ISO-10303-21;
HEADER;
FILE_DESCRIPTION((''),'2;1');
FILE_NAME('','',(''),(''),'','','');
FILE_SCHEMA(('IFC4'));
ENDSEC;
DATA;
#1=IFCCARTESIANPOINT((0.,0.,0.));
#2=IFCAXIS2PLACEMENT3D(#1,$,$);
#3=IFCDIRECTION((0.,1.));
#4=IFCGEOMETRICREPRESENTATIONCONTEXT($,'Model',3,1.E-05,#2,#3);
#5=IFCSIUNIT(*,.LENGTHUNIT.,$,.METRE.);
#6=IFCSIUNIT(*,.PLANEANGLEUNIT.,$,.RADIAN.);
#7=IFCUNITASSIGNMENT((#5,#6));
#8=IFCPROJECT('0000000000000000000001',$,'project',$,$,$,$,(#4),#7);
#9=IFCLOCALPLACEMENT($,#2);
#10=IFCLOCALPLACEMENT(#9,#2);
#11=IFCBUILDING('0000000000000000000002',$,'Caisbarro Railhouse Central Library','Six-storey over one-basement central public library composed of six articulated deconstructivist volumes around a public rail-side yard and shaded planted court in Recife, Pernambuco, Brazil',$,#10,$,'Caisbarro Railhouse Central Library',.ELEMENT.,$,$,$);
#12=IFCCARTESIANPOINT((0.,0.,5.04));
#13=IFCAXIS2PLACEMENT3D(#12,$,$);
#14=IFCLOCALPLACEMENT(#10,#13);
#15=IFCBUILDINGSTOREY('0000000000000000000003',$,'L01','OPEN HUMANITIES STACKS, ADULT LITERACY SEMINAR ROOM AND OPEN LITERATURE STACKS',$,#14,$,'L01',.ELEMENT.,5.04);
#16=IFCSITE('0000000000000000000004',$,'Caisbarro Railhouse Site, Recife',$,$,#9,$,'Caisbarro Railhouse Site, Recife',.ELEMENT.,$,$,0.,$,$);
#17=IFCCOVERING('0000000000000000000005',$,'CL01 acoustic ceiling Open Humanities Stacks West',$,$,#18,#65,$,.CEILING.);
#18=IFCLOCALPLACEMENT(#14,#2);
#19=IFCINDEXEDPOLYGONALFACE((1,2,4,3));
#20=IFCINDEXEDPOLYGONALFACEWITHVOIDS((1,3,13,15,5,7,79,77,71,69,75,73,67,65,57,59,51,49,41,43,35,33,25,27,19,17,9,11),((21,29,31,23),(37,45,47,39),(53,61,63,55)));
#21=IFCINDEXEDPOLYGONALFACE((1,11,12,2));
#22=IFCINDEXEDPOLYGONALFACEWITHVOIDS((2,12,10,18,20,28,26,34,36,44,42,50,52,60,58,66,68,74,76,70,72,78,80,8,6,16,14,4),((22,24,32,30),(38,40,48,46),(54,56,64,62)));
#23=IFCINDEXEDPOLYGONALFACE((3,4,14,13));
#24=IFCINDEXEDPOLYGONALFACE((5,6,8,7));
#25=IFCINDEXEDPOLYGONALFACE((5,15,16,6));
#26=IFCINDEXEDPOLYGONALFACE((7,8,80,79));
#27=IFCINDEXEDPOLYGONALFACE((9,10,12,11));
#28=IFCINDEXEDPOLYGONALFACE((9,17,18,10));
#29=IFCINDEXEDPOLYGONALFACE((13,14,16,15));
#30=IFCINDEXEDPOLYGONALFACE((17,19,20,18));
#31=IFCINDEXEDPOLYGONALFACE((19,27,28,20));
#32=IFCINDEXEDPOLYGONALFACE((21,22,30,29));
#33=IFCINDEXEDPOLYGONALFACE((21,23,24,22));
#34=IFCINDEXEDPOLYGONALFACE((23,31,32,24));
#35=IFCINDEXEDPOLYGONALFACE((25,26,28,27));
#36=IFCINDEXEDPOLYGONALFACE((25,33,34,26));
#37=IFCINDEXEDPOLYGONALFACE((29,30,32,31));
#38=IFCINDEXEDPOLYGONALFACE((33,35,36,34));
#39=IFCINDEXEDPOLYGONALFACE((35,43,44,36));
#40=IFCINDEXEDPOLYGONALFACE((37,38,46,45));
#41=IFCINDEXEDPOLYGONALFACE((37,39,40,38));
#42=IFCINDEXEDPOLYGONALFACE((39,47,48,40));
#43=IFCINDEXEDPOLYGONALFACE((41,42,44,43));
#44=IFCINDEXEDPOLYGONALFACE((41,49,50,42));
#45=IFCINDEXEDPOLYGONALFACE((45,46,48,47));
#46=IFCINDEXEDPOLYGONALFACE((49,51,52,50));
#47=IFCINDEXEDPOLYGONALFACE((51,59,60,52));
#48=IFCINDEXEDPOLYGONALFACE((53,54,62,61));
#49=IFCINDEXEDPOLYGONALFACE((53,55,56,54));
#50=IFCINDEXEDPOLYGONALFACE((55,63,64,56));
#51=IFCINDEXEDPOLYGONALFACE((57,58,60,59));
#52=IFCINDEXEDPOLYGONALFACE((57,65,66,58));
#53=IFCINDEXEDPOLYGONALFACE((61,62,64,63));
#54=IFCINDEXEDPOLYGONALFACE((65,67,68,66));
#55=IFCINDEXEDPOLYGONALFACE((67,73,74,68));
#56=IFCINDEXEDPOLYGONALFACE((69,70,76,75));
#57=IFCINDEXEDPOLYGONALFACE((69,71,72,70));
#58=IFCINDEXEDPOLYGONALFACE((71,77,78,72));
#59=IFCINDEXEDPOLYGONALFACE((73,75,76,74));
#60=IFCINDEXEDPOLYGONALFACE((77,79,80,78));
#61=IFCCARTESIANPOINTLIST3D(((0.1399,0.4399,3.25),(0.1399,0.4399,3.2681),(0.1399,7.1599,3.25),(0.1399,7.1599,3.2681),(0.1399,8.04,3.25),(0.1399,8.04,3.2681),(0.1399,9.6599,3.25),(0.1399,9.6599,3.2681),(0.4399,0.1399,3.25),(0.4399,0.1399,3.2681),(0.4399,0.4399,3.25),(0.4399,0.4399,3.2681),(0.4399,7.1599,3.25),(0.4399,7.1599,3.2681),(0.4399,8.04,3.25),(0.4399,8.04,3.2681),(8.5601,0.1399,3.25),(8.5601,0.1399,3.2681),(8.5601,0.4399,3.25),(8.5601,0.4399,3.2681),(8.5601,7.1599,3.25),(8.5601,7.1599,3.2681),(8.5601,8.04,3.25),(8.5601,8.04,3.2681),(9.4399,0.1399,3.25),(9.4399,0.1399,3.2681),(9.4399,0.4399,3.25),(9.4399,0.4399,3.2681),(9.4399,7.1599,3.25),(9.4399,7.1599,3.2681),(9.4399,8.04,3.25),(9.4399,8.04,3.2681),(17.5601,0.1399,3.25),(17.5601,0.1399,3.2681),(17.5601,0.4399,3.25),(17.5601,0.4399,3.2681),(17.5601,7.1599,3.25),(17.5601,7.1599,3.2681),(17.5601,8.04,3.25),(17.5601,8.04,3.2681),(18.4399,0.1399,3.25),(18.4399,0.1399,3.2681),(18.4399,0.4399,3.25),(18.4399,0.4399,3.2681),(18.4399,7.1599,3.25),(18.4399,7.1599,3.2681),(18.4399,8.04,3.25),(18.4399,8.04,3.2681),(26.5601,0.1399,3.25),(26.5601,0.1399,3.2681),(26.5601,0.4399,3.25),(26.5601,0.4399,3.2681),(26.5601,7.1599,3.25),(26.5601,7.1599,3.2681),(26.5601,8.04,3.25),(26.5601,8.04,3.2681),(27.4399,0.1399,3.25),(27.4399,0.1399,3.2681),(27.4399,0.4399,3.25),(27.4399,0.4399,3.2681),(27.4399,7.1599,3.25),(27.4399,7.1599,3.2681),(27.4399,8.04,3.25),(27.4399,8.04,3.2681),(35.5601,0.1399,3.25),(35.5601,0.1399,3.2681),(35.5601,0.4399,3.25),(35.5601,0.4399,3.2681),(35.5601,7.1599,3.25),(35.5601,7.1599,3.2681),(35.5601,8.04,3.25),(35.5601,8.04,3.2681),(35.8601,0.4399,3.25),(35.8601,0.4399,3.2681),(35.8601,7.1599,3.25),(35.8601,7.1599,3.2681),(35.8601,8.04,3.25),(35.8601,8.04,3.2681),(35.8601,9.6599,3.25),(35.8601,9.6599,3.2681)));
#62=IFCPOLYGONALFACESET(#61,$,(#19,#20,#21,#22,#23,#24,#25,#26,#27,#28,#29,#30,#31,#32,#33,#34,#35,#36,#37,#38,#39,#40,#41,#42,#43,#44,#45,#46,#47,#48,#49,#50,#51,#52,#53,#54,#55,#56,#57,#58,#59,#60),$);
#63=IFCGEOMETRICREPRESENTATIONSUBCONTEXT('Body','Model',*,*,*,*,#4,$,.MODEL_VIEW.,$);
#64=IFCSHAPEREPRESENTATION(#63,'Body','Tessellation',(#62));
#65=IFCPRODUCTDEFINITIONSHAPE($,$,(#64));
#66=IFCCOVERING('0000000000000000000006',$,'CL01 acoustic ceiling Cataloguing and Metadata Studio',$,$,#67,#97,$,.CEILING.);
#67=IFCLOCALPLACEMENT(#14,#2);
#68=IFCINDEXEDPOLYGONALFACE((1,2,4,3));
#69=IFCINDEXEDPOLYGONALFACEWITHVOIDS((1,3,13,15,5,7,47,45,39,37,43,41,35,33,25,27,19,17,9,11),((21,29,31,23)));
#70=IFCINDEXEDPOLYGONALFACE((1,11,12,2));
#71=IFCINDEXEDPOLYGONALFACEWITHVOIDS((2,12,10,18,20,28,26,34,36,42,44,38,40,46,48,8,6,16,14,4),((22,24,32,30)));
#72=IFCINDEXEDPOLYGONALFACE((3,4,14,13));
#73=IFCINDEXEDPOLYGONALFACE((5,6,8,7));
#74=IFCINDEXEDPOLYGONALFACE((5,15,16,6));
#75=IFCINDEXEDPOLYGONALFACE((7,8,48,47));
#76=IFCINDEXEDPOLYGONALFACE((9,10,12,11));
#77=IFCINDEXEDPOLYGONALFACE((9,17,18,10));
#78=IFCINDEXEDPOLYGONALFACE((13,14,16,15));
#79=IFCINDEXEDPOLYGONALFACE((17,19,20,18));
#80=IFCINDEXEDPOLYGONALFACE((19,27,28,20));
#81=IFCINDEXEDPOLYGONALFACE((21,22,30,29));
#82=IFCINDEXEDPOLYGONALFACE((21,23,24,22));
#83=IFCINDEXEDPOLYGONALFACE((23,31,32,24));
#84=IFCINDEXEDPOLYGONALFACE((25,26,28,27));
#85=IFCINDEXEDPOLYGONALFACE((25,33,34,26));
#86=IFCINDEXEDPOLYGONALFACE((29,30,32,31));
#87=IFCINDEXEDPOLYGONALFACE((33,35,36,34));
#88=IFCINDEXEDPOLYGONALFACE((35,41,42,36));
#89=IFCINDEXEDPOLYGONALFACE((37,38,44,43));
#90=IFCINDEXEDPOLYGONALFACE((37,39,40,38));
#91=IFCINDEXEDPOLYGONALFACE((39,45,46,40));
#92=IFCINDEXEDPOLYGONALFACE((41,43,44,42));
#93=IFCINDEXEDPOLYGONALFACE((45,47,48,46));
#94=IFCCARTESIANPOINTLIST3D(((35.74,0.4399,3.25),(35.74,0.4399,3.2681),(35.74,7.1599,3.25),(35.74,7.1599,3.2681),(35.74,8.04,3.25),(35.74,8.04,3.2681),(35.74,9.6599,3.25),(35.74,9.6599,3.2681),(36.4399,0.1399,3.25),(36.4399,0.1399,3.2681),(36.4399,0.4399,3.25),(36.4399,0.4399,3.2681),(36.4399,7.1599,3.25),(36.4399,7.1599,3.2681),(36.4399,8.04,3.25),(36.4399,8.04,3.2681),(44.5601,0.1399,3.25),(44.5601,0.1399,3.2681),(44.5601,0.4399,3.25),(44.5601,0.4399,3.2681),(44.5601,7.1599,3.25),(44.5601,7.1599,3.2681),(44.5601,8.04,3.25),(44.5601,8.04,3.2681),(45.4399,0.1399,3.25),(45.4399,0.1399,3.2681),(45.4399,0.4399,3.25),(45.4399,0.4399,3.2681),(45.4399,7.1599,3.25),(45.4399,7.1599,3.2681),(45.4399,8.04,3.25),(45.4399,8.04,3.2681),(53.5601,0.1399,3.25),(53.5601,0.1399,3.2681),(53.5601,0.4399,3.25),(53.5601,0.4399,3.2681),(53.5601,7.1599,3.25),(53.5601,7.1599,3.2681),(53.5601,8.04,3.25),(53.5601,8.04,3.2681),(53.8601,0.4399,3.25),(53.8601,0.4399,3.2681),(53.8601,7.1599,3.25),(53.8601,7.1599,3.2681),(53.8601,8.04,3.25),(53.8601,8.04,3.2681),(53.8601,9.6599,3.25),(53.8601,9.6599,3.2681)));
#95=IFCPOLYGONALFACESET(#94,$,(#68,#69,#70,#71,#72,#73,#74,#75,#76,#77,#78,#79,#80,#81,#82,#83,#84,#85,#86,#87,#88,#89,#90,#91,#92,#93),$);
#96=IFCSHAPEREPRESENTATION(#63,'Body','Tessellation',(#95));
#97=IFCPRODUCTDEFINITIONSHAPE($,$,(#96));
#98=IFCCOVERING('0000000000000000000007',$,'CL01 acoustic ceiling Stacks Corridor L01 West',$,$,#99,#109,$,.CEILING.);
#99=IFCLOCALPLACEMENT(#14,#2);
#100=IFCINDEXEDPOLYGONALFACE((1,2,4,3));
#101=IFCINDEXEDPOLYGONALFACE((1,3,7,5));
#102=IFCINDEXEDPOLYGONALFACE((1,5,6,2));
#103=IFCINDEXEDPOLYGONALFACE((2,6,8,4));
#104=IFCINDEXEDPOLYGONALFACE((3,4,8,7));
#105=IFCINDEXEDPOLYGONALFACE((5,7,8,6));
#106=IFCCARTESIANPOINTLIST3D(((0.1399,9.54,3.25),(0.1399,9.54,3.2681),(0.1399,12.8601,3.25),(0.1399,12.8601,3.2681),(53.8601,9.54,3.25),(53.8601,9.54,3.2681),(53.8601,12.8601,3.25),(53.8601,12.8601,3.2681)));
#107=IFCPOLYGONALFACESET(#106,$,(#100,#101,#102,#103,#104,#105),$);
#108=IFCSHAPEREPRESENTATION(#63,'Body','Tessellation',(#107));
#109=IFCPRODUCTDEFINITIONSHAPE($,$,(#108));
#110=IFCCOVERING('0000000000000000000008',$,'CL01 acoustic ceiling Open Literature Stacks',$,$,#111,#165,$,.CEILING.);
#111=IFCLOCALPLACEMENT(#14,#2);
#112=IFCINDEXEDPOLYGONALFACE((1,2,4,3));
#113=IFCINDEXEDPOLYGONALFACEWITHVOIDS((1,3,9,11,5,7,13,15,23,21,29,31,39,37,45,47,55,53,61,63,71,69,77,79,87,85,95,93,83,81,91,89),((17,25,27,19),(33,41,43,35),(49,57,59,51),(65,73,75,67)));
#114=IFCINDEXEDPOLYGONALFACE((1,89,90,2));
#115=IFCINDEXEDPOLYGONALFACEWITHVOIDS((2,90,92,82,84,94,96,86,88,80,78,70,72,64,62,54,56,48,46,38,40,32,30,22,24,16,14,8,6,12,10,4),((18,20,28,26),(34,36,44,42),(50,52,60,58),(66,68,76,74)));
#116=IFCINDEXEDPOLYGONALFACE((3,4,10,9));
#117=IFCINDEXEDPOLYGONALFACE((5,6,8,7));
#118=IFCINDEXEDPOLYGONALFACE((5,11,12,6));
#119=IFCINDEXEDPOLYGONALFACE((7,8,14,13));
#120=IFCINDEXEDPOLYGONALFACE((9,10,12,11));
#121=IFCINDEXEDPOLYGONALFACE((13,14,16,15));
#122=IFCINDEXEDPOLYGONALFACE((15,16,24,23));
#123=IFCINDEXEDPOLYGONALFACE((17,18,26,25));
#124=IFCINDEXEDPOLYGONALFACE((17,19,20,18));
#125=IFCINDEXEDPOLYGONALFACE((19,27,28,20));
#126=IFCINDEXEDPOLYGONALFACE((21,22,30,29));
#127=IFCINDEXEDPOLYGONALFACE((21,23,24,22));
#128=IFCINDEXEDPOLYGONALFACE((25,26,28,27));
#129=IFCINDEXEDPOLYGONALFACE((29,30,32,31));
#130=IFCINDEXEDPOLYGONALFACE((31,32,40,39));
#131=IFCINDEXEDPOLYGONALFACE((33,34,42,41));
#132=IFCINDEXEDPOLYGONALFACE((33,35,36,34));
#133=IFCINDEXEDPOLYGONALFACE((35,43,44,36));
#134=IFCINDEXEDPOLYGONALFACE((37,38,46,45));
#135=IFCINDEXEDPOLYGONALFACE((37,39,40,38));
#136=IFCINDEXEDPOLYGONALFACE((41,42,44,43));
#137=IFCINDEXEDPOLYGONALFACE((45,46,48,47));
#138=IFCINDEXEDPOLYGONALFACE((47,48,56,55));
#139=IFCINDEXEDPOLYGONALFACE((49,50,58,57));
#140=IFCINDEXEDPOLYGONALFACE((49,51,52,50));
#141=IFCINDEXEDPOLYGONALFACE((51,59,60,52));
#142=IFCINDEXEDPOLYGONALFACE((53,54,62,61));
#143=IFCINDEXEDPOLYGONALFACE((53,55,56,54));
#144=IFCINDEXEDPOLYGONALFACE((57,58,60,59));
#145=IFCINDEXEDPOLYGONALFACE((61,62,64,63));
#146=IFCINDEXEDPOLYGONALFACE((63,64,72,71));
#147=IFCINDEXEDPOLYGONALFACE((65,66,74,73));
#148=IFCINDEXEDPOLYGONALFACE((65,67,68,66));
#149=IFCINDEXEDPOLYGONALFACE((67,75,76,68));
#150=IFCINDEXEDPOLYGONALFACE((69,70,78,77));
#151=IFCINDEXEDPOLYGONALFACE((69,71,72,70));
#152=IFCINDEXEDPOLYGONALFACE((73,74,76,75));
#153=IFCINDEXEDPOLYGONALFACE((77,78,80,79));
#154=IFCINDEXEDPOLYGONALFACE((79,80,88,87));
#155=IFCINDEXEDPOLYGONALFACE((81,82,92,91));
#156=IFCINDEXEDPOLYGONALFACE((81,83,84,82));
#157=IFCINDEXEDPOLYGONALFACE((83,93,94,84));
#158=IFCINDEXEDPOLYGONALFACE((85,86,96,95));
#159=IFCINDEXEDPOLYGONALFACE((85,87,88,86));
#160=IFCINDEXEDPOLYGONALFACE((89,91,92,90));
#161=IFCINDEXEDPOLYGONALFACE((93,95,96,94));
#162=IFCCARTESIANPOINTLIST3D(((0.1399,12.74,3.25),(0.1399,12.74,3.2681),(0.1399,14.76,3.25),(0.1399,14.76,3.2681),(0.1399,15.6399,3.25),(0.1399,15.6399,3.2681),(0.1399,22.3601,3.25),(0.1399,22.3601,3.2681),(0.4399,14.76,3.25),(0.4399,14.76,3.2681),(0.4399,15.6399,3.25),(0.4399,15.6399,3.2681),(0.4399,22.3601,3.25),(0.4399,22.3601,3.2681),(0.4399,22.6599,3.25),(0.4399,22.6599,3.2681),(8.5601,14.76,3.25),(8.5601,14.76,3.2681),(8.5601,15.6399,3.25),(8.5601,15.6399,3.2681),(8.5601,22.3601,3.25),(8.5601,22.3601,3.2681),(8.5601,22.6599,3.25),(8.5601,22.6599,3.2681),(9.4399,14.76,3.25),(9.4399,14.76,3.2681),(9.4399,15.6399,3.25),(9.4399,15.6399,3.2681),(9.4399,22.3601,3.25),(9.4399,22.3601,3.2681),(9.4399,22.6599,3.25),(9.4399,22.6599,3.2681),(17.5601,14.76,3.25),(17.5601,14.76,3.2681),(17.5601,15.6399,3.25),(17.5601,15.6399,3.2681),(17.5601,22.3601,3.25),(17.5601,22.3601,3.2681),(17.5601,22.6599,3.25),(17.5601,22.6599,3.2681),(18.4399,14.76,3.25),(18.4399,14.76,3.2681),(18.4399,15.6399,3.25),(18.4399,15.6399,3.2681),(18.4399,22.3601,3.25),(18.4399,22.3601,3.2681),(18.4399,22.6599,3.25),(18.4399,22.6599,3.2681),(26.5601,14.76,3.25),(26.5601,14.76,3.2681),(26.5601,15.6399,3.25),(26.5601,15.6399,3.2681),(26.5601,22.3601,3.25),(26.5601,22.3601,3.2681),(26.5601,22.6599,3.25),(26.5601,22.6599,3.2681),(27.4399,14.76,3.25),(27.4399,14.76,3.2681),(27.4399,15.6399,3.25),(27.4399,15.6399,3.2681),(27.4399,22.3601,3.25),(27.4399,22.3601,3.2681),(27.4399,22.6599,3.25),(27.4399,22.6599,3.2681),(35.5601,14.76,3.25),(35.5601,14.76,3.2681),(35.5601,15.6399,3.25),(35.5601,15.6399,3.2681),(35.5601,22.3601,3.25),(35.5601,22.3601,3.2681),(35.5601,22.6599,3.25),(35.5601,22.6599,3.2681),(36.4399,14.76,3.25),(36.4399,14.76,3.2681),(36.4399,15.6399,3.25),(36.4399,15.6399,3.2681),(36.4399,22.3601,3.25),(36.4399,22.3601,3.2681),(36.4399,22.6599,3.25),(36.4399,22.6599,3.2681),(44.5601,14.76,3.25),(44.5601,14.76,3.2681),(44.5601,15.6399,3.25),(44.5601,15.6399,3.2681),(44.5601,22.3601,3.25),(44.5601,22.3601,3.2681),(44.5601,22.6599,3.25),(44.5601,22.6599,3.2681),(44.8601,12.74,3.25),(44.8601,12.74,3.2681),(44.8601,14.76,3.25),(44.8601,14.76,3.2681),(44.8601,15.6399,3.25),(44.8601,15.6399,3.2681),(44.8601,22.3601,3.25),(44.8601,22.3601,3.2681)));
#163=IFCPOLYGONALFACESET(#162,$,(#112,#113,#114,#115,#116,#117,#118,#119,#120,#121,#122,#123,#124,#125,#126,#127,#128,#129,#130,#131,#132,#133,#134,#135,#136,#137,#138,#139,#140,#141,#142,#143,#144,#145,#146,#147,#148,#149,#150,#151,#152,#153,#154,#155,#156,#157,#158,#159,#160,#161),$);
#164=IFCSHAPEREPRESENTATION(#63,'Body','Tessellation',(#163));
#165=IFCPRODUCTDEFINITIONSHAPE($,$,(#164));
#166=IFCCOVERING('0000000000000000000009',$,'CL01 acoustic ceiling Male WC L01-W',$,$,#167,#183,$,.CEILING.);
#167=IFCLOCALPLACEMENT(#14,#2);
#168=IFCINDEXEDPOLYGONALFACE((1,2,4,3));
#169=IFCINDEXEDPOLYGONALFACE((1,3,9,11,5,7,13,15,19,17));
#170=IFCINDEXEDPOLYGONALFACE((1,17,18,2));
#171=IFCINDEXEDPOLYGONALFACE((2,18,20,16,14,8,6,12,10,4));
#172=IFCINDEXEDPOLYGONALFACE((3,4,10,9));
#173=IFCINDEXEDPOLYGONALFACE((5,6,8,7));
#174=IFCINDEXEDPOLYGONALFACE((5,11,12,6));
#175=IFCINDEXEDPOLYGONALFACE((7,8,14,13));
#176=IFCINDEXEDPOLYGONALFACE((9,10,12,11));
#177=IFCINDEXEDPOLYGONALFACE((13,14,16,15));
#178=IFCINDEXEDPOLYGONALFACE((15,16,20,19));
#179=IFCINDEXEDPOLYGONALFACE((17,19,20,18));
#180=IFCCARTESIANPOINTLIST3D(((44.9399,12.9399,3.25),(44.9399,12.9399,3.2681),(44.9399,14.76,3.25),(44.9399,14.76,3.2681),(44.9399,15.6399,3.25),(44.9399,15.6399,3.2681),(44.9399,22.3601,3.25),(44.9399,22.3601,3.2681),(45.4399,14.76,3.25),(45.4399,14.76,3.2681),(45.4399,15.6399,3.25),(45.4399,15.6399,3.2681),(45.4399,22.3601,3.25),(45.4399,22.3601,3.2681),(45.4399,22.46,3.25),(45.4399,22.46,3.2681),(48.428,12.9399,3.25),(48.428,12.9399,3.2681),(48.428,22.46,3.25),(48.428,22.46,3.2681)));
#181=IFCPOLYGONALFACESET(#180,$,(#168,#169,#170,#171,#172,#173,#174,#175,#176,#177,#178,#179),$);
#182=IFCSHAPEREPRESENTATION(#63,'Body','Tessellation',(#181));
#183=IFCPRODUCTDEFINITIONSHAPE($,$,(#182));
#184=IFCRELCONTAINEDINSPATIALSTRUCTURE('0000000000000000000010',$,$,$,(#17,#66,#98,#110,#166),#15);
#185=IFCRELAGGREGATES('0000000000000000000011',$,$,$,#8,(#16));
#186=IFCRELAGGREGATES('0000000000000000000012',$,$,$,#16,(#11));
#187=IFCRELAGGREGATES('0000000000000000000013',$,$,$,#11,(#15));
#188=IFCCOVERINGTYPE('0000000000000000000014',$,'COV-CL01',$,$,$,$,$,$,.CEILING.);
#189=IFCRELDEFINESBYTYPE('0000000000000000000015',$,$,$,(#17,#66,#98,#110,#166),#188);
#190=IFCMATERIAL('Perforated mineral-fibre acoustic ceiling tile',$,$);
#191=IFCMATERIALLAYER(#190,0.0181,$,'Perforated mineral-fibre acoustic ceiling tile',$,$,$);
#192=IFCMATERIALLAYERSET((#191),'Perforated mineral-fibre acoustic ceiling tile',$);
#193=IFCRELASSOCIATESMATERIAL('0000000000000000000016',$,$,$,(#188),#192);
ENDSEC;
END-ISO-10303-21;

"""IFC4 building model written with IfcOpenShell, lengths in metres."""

from ifc_helpers import new_model, si_unit, direction, frame, origin, place, context, subcontext, project, spatial, polyline, outline, extrude, material, layer, layer_set, type_object, element, save


model = new_model("IFC4")

# Units and contexts
model_context = context("Model", 3, precision=1e-05, world=origin(), true_north=direction((0.0, 1.0)))
body_context = subcontext(model_context, "Body", "Model", "MODEL_VIEW")
ifc_project = project(units=[si_unit("LENGTHUNIT", "METRE"), si_unit("PLANEANGLEUNIT", "RADIAN")], contexts=[model_context])

# Site, building, storey
site_placement = place(None, origin())
site = spatial("IfcSite", under=ifc_project, at=site_placement, Name="Caisbarro Railhouse Site, Recife", LongName="Caisbarro Railhouse Site, Recife", CompositionType="ELEMENT", RefElevation=0.0)
building_placement = place(site_placement, origin())
building = spatial("IfcBuilding", under=site, at=building_placement, Name="Caisbarro Railhouse Central Library", Description="Six-storey over one-basement central public library composed of six articulated deconstructivist volumes around a public rail-side yard and shaded planted court in Recife, Pernambuco, Brazil", LongName="Caisbarro Railhouse Central Library", CompositionType="ELEMENT")
storey_placement = place(building_placement, frame((0.0, 0.0, 5.04)))
storey = spatial("IfcBuildingStorey", under=building, at=storey_placement, Name="L01", Description="OPEN HUMANITIES STACKS, ADULT LITERACY SEMINAR ROOM AND OPEN LITERATURE STACKS", LongName="L01", CompositionType="ELEMENT", Elevation=5.04)

# Coverings
ifc_material_1 = material(Name="Perforated mineral-fibre acoustic ceiling tile")
ifc_layer_1 = layer(ifc_material_1, 0.0181, Name="Perforated mineral-fibre acoustic ceiling tile")
ifc_layer_set_1 = layer_set([ifc_layer_1], Name="Perforated mineral-fibre acoustic ceiling tile")
covering_type_1 = type_object("IfcCoveringType", Name="COV-CL01", PredefinedType="CEILING", material=ifc_layer_set_1)
covering_1_placement = place(storey_placement, frame((0.0, 0.0, 3.25)))
element("IfcCovering", 1, at=covering_1_placement, inside=storey, type_object=covering_type_1, Name="CL01 acoustic ceiling Open Humanities Stacks West", PredefinedType="CEILING", context=body_context, shape_type="SweptSolid", body=[
    extrude(outline(polyline([(0.1399, 0.4399), (0.1399, 7.1599), (0.4399, 7.1599), (0.4399, 8.04), (0.1399, 8.04), (0.1399, 9.6599), (35.8601, 9.6599), (35.8601, 8.04), (35.5601, 8.04), (35.5601, 7.1599), (35.8601, 7.1599), (35.8601, 0.4399), (35.5601, 0.4399), (35.5601, 0.1399), (27.4399, 0.1399), (27.4399, 0.4399), (26.5601, 0.4399), (26.5601, 0.1399), (18.4399, 0.1399), (18.4399, 0.4399), (17.5601, 0.4399), (17.5601, 0.1399), (9.4399, 0.1399), (9.4399, 0.4399), (8.5601, 0.4399), (8.5601, 0.1399), (0.4399, 0.1399), (0.4399, 0.4399), (0.1399, 0.4399)]), holes=[polyline([(8.5601, 7.1599), (9.4399, 7.1599), (9.4399, 8.04), (8.5601, 8.04), (8.5601, 7.1599)]), polyline([(18.4399, 8.04), (17.5601, 8.04), (17.5601, 7.1599), (18.4399, 7.1599), (18.4399, 8.04)]), polyline([(26.5601, 7.1599), (27.4399, 7.1599), (27.4399, 8.04), (26.5601, 8.04), (26.5601, 7.1599)])]), origin(), (0.0, 0.0, 1.0), 0.0181),
])
covering_2_placement = place(storey_placement, frame((0.0, 0.0, 3.25)))
element("IfcCovering", 2, at=covering_2_placement, inside=storey, type_object=covering_type_1, Name="CL01 acoustic ceiling Cataloguing and Metadata Studio", PredefinedType="CEILING", context=body_context, shape_type="SweptSolid", body=[
    extrude(outline(polyline([(44.5601, 0.4399), (44.5601, 0.1399), (36.4399, 0.1399), (36.4399, 0.4399), (35.74, 0.4399), (35.74, 7.1599), (36.4399, 7.1599), (36.4399, 8.04), (35.74, 8.04), (35.74, 9.6599), (53.8601, 9.6599), (53.8601, 8.04), (53.5601, 8.04), (53.5601, 7.1599), (53.8601, 7.1599), (53.8601, 0.4399), (53.5601, 0.4399), (53.5601, 0.1399), (45.4399, 0.1399), (45.4399, 0.4399), (44.5601, 0.4399)]), holes=[polyline([(44.5601, 7.1599), (45.4399, 7.1599), (45.4399, 8.04), (44.5601, 8.04), (44.5601, 7.1599)])]), origin(), (0.0, 0.0, 1.0), 0.0181),
])
covering_3_placement = place(storey_placement, frame((0.0, 0.0, 3.25)))
element("IfcCovering", 3, at=covering_3_placement, inside=storey, type_object=covering_type_1, Name="CL01 acoustic ceiling Stacks Corridor L01 West", PredefinedType="CEILING", context=body_context, shape_type="SweptSolid", body=[
    extrude(outline(polyline([(0.1399, 9.54), (0.1399, 12.8601), (53.8601, 12.8601), (53.8601, 9.54), (0.1399, 9.54)])), origin(), (0.0, 0.0, 1.0), 0.0181),
])
covering_4_placement = place(storey_placement, frame((0.0, 0.0, 3.25)))
element("IfcCovering", 4, at=covering_4_placement, inside=storey, type_object=covering_type_1, Name="CL01 acoustic ceiling Open Literature Stacks", PredefinedType="CEILING", context=body_context, shape_type="SweptSolid", body=[
    extrude(outline(polyline([(17.5601, 22.6599), (17.5601, 22.3601), (18.4399, 22.3601), (18.4399, 22.6599), (26.5601, 22.6599), (26.5601, 22.3601), (27.4399, 22.3601), (27.4399, 22.6599), (35.5601, 22.6599), (35.5601, 22.3601), (36.4399, 22.3601), (36.4399, 22.6599), (44.5601, 22.6599), (44.5601, 22.3601), (44.8601, 22.3601), (44.8601, 15.6399), (44.5601, 15.6399), (44.5601, 14.76), (44.8601, 14.76), (44.8601, 12.74), (0.1399, 12.74), (0.1399, 14.76), (0.4399, 14.76), (0.4399, 15.6399), (0.1399, 15.6399), (0.1399, 22.3601), (0.4399, 22.3601), (0.4399, 22.6599), (8.5601, 22.6599), (8.5601, 22.3601), (9.4399, 22.3601), (9.4399, 22.6599), (17.5601, 22.6599)]), holes=[polyline([(8.5601, 15.6399), (8.5601, 14.76), (9.4399, 14.76), (9.4399, 15.6399), (8.5601, 15.6399)]), polyline([(18.4399, 14.76), (18.4399, 15.6399), (17.5601, 15.6399), (17.5601, 14.76), (18.4399, 14.76)]), polyline([(26.5601, 15.6399), (26.5601, 14.76), (27.4399, 14.76), (27.4399, 15.6399), (26.5601, 15.6399)]), polyline([(36.4399, 14.76), (36.4399, 15.6399), (35.5601, 15.6399), (35.5601, 14.76), (36.4399, 14.76)])]), origin(), (0.0, 0.0, 1.0), 0.0181),
])
covering_5_placement = place(storey_placement, frame((0.0, 0.0, 3.25)))
element("IfcCovering", 5, at=covering_5_placement, inside=storey, type_object=covering_type_1, Name="CL01 acoustic ceiling Male WC L01-W", PredefinedType="CEILING", context=body_context, shape_type="SweptSolid", body=[
    extrude(outline(polyline([(45.4399, 14.76), (45.4399, 15.6399), (44.9399, 15.6399), (44.9399, 22.3601), (45.4399, 22.3601), (45.4399, 22.46), (48.428, 22.46), (48.428, 12.9399), (44.9399, 12.9399), (44.9399, 14.76), (45.4399, 14.76)])), origin(), (0.0, 0.0, 1.0), 0.0181),
])

save(model, "model.ifc")
